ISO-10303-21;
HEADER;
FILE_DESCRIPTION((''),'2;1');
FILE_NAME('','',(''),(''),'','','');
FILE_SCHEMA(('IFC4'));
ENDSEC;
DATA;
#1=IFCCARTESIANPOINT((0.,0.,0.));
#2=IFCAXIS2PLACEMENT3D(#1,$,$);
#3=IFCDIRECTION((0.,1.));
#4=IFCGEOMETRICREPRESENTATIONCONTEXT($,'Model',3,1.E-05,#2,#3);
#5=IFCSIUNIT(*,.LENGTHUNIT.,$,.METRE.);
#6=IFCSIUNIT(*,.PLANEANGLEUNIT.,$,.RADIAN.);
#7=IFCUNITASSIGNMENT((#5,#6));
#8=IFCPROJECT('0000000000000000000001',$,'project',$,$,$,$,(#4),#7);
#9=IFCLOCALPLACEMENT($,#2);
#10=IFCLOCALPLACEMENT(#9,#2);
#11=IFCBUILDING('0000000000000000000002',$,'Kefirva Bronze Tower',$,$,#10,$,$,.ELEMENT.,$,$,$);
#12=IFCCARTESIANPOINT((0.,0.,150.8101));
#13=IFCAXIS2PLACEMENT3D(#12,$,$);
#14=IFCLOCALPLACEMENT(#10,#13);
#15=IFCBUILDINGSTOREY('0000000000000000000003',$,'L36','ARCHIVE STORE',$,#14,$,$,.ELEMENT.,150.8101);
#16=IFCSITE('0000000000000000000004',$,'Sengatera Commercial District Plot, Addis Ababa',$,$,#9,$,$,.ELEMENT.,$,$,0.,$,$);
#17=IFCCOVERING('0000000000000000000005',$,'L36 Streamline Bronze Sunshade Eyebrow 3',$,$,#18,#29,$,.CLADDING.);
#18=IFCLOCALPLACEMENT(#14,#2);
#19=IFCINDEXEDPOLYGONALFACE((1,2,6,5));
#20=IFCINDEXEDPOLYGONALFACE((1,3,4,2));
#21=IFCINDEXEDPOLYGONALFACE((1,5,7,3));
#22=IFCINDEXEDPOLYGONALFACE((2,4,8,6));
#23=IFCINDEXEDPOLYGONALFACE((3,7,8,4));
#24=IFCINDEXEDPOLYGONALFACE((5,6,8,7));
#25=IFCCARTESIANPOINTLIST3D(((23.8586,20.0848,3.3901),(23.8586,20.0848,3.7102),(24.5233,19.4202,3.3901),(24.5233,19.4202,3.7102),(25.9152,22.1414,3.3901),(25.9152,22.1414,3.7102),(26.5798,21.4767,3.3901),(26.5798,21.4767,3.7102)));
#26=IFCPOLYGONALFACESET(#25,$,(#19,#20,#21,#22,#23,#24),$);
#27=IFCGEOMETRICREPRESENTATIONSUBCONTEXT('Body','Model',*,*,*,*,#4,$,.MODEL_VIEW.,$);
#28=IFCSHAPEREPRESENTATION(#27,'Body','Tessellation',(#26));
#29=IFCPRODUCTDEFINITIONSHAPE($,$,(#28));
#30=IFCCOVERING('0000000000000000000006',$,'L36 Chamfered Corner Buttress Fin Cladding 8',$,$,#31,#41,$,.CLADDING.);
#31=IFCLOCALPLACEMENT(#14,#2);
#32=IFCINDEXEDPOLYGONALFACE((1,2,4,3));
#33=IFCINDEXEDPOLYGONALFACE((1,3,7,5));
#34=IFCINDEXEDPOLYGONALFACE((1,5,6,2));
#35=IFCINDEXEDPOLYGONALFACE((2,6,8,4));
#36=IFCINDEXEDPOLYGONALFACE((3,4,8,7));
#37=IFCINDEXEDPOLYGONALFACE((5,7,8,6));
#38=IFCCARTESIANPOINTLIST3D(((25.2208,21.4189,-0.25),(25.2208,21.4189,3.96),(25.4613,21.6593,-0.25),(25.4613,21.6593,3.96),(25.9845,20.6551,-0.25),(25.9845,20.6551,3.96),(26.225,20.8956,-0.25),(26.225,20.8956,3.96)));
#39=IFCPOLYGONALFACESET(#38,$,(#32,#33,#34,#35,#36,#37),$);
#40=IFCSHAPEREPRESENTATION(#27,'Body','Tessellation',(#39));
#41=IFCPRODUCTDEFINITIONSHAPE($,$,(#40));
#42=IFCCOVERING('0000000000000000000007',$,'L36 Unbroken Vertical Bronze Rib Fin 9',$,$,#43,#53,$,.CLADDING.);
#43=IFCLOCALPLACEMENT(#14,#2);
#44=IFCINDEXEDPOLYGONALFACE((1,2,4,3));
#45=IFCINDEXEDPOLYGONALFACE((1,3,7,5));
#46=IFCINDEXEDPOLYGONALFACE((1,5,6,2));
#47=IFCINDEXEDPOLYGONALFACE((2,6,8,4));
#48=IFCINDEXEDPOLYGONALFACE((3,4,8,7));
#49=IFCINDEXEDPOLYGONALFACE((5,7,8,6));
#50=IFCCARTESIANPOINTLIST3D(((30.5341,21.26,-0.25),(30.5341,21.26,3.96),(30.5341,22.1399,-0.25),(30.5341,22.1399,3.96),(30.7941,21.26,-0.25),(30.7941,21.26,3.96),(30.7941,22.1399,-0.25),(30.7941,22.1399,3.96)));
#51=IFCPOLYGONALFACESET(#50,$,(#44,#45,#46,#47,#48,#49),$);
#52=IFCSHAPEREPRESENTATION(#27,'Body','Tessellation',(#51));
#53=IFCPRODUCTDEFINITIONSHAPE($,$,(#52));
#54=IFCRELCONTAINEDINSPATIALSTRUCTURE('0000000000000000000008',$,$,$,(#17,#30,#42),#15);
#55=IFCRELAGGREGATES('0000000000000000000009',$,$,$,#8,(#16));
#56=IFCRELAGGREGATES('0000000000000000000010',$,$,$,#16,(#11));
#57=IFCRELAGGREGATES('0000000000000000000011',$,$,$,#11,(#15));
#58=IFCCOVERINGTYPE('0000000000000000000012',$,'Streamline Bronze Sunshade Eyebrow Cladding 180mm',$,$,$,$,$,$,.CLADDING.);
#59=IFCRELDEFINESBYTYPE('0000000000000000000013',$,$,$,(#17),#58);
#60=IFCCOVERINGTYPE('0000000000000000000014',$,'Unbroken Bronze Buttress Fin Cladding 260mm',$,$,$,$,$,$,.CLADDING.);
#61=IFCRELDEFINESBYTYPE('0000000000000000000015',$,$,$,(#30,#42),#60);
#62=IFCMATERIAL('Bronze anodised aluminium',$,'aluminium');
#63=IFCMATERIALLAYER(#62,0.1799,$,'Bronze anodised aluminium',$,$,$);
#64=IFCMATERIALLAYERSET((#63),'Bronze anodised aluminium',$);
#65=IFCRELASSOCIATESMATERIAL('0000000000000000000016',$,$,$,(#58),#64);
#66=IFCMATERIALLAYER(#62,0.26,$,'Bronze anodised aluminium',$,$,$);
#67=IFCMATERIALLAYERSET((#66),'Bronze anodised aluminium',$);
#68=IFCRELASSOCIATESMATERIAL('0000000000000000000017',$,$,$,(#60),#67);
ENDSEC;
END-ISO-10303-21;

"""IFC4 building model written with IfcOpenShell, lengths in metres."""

from ifc_helpers import new_model, si_unit, direction, frame, origin, origin_2d, place, context, subcontext, project, spatial, rectangle, extrude, material, layer, layer_set, type_object, element, save


model = new_model("IFC4")

# Units and contexts
model_context = context("Model", 3, precision=1e-05, world=origin(), true_north=direction((0.0, 1.0)))
body_context = subcontext(model_context, "Body", "Model", "MODEL_VIEW")
ifc_project = project(units=[si_unit("LENGTHUNIT", "METRE"), si_unit("PLANEANGLEUNIT", "RADIAN")], contexts=[model_context])

# Site, building, storey
site_placement = place(None, origin())
site = spatial("IfcSite", under=ifc_project, at=site_placement, Name="Sengatera Commercial District Plot, Addis Ababa", CompositionType="ELEMENT", RefElevation=0.0)
building_placement = place(site_placement, origin())
building = spatial("IfcBuilding", under=site, at=building_placement, Name="Kefirva Bronze Tower", CompositionType="ELEMENT")
storey_placement = place(building_placement, frame((0.0, 0.0, 150.8101)))
storey = spatial("IfcBuildingStorey", under=building, at=storey_placement, Name="L36", Description="ARCHIVE STORE", CompositionType="ELEMENT", Elevation=150.8101)

# Shared definitions
ifc_material_1 = material(Name="Bronze anodised aluminium", Category="aluminium")

# Coverings
ifc_layer_1 = layer(ifc_material_1, 0.1799, Name="Bronze anodised aluminium")
ifc_layer_set_1 = layer_set([ifc_layer_1], Name="Bronze anodised aluminium")
covering_type_1 = type_object("IfcCoveringType", Name="Streamline Bronze Sunshade Eyebrow Cladding 180mm", PredefinedType="CLADDING", material=ifc_layer_set_1)
covering_1_placement = place(storey_placement, frame((25.2192, 20.7808, 3.3901), z_axis=(0.0, 0.0, 1.0), x_axis=(0.707107, 0.707107, 0.0)))
element("IfcCovering", 1, at=covering_1_placement, inside=storey, type_object=covering_type_1, Name="L36 Streamline Bronze Sunshade Eyebrow 3", PredefinedType="CLADDING", context=body_context, shape_type="SweptSolid", body=[
    extrude(rectangle(XDim=2.9084, YDim=0.9399, at=origin_2d()), origin(), (0.0, 0.0, 1.0), 0.3201),
])
ifc_layer_2 = layer(ifc_material_1, 0.26, Name="Bronze anodised aluminium")
ifc_layer_set_2 = layer_set([ifc_layer_2], Name="Bronze anodised aluminium")
covering_type_2 = type_object("IfcCoveringType", Name="Unbroken Bronze Buttress Fin Cladding 260mm", PredefinedType="CLADDING", material=ifc_layer_set_2)
covering_2_placement = place(storey_placement, frame((25.7229, 21.1572, -0.25), z_axis=(0.0, 0.0, 1.0), x_axis=(0.707107, 0.707107, 0.0)))
element("IfcCovering", 2, at=covering_2_placement, inside=storey, type_object=covering_type_2, Name="L36 Chamfered Corner Buttress Fin Cladding 8", PredefinedType="CLADDING", context=body_context, shape_type="SweptSolid", body=[
    extrude(rectangle(XDim=0.3401, YDim=1.0801, at=origin_2d()), origin(), (0.0, 0.0, 1.0), 4.21),
])
covering_3_placement = place(storey_placement, frame((30.6641, 21.7, -0.25), z_axis=(0.0, 0.0, 1.0), x_axis=(1.0, 0.0, 0.0)))
element("IfcCovering", 3, at=covering_3_placement, inside=storey, type_object=covering_type_2, Name="L36 Unbroken Vertical Bronze Rib Fin 9", PredefinedType="CLADDING", context=body_context, shape_type="SweptSolid", body=[
    extrude(rectangle(XDim=0.26, YDim=0.8799, at=origin_2d()), origin(), (0.0, 0.0, 1.0), 4.21),
])

save(model, "model.ifc")
